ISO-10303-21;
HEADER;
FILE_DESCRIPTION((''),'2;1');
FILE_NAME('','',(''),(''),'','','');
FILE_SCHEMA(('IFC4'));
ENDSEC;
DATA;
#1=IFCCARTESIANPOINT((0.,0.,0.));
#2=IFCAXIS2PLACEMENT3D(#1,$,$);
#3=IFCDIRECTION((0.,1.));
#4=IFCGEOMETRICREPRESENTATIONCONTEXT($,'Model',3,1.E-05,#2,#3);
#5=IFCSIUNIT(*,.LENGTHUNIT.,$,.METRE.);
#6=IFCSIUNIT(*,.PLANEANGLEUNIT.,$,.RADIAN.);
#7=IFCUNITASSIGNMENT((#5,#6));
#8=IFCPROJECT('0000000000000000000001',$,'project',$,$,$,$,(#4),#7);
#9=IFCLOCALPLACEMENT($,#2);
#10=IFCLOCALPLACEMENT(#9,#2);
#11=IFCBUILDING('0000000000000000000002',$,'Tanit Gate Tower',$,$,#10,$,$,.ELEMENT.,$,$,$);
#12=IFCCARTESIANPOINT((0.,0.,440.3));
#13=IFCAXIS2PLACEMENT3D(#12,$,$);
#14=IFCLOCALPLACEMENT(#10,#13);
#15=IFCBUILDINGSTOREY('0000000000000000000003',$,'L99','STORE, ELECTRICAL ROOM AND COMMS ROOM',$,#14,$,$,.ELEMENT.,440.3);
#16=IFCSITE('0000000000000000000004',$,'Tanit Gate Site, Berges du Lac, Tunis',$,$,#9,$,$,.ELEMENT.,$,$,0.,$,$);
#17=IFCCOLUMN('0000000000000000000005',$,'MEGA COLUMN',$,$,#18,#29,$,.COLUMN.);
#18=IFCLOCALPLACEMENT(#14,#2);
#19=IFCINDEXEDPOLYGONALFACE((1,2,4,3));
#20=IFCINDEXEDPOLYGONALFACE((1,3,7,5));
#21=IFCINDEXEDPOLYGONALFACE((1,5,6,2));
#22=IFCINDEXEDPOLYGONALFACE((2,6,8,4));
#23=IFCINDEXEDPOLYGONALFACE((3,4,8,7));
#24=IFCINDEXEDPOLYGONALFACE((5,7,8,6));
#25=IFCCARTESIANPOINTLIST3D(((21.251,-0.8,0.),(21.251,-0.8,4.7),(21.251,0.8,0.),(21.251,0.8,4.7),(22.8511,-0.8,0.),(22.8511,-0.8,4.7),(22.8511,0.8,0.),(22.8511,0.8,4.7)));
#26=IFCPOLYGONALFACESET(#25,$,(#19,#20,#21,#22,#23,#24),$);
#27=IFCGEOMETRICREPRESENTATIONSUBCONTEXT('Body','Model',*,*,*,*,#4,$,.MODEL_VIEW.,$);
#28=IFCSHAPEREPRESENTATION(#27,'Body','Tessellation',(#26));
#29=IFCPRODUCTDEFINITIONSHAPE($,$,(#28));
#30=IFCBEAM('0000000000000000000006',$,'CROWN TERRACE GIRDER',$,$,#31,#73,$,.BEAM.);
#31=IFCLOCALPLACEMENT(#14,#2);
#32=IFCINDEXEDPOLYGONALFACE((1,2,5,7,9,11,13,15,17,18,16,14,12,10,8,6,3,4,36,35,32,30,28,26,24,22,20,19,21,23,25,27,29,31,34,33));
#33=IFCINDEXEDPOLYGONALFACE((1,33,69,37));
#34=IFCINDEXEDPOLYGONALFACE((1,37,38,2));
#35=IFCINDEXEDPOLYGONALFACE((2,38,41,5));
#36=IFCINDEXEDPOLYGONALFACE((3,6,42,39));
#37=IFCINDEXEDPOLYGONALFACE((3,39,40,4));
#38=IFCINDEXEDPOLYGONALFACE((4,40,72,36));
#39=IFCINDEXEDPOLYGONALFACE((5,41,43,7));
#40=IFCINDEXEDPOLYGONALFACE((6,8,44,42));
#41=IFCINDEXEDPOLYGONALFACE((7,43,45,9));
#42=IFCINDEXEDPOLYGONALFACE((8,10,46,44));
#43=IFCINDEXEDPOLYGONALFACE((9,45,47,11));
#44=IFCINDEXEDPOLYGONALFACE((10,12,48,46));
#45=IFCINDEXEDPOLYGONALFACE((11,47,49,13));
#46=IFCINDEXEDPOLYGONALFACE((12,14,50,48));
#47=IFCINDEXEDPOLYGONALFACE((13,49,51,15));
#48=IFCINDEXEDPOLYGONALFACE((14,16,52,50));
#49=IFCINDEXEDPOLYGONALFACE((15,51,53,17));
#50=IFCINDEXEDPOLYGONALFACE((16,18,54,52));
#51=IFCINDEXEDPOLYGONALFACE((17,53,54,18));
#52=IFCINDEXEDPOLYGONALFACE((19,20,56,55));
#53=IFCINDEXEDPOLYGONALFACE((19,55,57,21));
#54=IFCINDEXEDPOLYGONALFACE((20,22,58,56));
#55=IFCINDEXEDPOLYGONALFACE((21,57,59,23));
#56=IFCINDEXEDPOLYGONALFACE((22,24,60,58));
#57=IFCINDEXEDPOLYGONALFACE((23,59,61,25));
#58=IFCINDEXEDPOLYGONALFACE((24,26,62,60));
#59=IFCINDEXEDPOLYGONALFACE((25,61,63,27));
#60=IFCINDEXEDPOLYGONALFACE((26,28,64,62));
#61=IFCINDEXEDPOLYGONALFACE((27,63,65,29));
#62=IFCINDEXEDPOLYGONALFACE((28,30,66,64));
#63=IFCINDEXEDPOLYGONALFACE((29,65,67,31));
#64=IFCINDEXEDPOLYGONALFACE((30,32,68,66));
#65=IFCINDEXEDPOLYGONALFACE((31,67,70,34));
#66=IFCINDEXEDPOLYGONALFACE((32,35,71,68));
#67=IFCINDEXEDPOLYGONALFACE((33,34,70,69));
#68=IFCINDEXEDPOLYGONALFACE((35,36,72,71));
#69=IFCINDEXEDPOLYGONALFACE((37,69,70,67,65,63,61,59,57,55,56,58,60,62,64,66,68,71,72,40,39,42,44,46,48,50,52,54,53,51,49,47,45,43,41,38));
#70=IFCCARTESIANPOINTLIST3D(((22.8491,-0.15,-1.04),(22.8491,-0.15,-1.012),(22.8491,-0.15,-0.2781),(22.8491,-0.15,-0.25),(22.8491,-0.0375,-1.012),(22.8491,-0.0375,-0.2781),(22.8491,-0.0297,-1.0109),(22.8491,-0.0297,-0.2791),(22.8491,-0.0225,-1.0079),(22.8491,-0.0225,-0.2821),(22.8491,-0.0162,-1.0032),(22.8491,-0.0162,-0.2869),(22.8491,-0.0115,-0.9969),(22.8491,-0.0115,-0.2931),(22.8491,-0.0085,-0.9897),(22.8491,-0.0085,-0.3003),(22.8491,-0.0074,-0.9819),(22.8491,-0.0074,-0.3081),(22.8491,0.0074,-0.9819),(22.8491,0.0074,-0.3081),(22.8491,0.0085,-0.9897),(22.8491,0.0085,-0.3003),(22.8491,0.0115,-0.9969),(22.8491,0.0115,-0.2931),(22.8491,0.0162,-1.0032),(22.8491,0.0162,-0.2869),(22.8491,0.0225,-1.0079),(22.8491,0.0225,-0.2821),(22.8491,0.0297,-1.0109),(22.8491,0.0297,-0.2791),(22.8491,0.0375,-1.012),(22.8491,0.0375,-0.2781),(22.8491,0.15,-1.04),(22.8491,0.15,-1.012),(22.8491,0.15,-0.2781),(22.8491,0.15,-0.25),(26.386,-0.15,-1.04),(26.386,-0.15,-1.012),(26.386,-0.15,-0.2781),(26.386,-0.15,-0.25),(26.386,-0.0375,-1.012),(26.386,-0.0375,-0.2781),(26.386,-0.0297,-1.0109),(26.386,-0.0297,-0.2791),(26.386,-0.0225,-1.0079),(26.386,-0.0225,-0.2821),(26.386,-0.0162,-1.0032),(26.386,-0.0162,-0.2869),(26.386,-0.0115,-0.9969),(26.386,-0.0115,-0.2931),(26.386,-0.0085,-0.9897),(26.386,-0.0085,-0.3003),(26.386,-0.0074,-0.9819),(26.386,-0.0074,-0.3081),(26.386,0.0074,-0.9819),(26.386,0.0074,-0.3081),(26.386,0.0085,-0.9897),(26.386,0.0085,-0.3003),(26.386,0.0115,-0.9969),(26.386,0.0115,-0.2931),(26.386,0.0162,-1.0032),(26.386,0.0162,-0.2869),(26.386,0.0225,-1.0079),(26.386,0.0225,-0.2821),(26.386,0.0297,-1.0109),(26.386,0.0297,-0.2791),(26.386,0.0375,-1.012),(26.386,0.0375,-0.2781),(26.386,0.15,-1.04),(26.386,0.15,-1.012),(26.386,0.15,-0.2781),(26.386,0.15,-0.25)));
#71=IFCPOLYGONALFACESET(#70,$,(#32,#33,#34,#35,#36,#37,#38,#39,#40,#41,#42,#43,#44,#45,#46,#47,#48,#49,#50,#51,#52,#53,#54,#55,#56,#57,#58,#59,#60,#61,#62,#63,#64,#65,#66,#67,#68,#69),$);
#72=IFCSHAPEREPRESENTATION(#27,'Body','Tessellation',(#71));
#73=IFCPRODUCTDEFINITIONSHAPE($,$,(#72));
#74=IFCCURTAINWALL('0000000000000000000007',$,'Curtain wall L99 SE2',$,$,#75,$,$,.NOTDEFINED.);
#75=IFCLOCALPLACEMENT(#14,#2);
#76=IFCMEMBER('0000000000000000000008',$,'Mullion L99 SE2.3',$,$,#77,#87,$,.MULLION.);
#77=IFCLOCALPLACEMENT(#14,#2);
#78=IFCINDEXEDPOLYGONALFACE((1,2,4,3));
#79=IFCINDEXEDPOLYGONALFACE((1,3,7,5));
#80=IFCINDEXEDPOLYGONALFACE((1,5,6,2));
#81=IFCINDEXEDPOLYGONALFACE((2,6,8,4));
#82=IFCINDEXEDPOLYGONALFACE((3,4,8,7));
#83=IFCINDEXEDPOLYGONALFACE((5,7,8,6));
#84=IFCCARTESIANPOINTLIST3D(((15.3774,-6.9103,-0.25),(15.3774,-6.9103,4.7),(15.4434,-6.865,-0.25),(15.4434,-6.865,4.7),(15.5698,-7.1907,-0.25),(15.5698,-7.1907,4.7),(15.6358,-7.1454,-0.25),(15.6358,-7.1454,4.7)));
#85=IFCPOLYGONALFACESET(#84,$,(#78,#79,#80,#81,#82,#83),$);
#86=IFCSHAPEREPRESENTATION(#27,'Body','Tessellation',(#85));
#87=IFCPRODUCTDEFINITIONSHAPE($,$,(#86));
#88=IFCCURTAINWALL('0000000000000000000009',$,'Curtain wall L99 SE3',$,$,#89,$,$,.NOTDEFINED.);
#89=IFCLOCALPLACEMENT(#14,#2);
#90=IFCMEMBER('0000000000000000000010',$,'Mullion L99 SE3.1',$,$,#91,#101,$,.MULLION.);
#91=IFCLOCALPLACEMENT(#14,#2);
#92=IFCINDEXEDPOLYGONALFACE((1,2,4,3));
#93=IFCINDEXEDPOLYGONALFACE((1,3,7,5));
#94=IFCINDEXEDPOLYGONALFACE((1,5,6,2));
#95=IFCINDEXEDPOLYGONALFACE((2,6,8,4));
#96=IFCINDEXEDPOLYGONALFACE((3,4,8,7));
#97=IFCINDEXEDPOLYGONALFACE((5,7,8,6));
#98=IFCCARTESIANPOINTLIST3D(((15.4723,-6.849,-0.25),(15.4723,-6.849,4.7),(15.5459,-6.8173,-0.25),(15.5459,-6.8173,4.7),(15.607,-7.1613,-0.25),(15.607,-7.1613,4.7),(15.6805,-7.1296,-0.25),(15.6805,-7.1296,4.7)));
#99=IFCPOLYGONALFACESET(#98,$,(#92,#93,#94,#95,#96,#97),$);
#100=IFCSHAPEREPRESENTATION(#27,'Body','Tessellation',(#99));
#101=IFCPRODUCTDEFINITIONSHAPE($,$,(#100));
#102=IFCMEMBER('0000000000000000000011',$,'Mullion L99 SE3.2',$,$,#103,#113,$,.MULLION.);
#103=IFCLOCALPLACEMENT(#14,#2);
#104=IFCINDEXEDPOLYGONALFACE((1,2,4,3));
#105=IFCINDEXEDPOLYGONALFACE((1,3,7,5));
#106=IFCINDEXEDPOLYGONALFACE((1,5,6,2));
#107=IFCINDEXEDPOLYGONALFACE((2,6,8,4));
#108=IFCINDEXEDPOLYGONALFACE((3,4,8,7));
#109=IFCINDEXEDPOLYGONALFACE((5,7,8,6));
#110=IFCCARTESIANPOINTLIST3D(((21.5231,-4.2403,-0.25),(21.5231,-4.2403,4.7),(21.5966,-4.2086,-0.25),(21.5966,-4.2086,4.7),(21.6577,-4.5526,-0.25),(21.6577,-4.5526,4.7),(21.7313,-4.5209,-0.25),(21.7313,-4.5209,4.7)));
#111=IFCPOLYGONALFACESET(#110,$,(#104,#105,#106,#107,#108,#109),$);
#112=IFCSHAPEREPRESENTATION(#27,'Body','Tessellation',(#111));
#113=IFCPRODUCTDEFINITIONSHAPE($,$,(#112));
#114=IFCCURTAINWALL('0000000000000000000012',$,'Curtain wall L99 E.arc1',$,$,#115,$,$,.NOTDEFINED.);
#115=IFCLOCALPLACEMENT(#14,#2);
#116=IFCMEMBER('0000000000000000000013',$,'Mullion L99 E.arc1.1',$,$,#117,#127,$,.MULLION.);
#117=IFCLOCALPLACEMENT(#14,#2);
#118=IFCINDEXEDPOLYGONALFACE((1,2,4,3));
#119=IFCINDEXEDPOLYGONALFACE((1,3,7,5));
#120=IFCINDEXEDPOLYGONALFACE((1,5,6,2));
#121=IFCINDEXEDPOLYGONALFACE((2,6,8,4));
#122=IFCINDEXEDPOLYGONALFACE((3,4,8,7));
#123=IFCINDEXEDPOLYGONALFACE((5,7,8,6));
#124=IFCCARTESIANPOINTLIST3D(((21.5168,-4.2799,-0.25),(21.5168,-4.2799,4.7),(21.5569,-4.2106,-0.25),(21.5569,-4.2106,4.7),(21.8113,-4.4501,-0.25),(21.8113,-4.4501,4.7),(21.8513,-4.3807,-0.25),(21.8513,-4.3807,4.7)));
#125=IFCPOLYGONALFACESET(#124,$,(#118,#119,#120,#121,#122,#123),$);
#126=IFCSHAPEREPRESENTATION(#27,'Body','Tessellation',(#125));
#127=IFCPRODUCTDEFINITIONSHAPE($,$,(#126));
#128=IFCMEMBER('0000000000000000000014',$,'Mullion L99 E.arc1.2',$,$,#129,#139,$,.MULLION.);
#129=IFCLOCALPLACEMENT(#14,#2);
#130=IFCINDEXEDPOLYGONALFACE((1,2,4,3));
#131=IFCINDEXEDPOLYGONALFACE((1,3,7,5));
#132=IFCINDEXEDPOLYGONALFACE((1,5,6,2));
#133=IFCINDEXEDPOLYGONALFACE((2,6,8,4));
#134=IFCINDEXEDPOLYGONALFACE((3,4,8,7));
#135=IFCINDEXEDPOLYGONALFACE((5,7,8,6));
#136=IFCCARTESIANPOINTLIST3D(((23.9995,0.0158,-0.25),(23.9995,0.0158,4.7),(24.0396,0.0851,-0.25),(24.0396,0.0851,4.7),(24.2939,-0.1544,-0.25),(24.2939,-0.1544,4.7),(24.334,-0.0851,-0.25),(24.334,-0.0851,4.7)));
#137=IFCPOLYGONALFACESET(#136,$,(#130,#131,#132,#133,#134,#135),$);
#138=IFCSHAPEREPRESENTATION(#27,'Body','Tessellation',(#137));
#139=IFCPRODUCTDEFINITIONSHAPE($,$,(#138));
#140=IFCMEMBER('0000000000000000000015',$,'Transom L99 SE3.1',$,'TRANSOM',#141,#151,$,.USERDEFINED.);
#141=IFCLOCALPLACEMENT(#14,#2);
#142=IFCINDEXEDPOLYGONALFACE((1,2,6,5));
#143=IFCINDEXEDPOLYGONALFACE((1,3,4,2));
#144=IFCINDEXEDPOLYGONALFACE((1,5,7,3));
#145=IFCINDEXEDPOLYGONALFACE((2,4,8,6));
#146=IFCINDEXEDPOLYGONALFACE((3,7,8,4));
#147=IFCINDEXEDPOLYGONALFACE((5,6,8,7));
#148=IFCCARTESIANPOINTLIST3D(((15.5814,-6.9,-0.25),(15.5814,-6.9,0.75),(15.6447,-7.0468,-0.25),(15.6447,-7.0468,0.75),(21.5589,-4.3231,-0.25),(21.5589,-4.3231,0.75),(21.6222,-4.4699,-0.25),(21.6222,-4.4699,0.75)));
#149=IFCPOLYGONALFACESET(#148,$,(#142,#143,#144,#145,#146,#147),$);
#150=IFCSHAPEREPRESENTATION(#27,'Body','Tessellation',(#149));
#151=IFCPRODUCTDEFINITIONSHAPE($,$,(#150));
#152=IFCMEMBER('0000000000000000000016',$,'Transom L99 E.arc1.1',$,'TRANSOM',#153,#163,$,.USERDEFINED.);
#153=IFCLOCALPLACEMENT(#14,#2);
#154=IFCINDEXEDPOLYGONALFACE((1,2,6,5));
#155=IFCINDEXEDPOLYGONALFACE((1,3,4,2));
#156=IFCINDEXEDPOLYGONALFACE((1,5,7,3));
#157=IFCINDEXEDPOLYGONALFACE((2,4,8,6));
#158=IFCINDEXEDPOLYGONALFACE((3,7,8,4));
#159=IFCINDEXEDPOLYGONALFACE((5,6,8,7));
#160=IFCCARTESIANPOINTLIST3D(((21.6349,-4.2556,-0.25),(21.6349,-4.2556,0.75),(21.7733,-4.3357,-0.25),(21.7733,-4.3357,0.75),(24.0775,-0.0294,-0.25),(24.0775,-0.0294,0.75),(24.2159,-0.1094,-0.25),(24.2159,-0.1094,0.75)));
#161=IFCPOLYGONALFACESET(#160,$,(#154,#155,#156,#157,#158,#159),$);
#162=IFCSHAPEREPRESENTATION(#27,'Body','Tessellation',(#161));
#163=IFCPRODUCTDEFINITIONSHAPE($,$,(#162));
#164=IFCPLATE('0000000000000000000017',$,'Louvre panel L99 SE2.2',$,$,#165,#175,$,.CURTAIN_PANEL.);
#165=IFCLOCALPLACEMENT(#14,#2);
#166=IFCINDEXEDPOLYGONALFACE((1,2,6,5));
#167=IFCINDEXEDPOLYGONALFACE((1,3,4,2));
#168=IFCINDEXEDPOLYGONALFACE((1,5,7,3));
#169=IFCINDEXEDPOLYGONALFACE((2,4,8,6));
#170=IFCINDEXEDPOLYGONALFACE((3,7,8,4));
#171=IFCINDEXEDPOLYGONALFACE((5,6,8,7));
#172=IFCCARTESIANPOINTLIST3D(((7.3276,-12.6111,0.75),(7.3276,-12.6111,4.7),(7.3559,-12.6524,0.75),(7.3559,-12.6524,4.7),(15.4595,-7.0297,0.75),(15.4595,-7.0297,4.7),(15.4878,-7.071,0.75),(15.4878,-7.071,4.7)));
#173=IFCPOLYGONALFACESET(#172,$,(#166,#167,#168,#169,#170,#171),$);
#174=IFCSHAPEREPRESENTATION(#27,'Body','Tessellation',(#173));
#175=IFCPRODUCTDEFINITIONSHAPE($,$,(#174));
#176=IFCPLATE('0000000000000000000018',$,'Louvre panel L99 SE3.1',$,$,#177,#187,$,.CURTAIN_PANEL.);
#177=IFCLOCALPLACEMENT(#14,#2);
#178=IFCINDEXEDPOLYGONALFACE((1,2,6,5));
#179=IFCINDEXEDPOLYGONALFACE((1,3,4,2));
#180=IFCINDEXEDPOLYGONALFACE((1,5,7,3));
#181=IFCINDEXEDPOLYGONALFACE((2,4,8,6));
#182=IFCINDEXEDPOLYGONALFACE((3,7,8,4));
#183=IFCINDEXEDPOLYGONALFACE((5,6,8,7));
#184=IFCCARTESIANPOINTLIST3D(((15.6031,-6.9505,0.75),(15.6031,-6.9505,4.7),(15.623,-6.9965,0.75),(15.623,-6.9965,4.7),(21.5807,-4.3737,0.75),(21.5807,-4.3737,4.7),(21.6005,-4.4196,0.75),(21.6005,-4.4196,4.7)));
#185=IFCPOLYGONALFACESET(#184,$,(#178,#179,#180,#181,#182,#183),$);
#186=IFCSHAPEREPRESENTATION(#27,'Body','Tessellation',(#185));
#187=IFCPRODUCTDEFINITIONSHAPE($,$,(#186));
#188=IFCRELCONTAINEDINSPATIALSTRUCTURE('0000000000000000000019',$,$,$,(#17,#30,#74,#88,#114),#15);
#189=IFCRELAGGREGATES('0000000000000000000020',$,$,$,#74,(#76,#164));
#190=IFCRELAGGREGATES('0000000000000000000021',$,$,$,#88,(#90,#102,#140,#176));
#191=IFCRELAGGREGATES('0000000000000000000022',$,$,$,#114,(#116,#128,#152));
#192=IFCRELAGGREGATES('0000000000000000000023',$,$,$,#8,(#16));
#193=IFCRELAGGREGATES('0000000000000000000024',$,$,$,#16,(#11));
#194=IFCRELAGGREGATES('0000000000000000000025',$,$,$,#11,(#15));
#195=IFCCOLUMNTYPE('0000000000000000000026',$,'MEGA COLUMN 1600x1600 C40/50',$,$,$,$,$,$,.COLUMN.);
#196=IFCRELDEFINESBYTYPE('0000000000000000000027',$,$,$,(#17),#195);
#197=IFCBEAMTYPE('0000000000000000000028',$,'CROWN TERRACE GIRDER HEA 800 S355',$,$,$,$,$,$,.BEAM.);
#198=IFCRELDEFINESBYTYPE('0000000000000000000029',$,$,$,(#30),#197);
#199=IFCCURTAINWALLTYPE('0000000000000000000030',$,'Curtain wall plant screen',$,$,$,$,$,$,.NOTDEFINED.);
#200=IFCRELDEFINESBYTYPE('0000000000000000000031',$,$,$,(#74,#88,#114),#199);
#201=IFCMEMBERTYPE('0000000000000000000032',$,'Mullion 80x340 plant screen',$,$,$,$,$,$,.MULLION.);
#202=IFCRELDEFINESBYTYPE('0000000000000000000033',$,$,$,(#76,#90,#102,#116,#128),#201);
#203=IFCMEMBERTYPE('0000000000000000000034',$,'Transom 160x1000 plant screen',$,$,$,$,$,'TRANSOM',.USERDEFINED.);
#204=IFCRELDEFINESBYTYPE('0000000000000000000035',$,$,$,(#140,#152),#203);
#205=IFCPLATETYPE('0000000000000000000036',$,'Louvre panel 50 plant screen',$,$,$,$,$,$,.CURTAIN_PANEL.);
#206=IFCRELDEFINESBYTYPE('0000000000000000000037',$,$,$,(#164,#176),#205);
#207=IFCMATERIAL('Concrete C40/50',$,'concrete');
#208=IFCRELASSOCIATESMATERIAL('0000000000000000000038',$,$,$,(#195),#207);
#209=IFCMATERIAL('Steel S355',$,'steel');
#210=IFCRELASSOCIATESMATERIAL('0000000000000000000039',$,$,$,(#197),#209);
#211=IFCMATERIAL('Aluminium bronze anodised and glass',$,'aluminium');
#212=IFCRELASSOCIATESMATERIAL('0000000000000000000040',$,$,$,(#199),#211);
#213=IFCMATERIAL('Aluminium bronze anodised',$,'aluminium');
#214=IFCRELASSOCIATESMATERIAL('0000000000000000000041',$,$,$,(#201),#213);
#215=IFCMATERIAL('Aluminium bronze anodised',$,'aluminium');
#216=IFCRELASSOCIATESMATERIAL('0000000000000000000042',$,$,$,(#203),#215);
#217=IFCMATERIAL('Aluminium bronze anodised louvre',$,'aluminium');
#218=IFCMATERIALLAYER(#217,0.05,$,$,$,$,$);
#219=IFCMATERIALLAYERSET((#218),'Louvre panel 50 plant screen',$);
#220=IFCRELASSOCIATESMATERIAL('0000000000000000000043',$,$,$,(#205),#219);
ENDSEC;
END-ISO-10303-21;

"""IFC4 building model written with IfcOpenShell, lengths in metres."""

from ifc_helpers import new_model, si_unit, direction, frame, origin, origin_2d, place, context, subcontext, project, spatial, rectangle, i_section, extrude, material, layer, layer_set, material_profile, profile_set, type_object, element, aggregate, save


model = new_model("IFC4")

# Units and contexts
model_context = context("Model", 3, precision=1e-05, world=origin(), true_north=direction((0.0, 1.0)))
body_context = subcontext(model_context, "Body", "Model", "MODEL_VIEW")
ifc_project = project(units=[si_unit("LENGTHUNIT", "METRE"), si_unit("PLANEANGLEUNIT", "RADIAN")], contexts=[model_context])

# Site, building, storey
site_placement = place(None, origin())
site = spatial("IfcSite", under=ifc_project, at=site_placement, Name="Tanit Gate Site, Berges du Lac, Tunis", CompositionType="ELEMENT", RefElevation=0.0)
building_placement = place(site_placement, origin())
building = spatial("IfcBuilding", under=site, at=building_placement, Name="Tanit Gate Tower", CompositionType="ELEMENT")
storey_placement = place(building_placement, frame((0.0, 0.0, 440.3)))
storey = spatial("IfcBuildingStorey", under=building, at=storey_placement, Name="L99", Description="STORE, ELECTRICAL ROOM AND COMMS ROOM", CompositionType="ELEMENT", Elevation=440.3)

# Column
ifc_material_1 = material(Name="Concrete C40/50", Category="concrete")
ifc_material_profile_1 = material_profile(ifc_material_1, rectangle(XDim=1.6001, YDim=1.6001, at=origin_2d()), Name="RC 1600x1600")
ifc_profile_set_1 = profile_set([ifc_material_profile_1], Name="Concrete C40/50")
column_type = type_object("IfcColumnType", Name="MEGA COLUMN 1600x1600 C40/50", PredefinedType="COLUMN", material=ifc_profile_set_1)
column_placement = place(storey_placement, frame((22.051, 0.0, 0.0), z_axis=(0.0, 0.0, 1.0), x_axis=(1.0, 0.0, 0.0)))
element("IfcColumn", 1, at=column_placement, inside=storey, type_object=column_type, Name="MEGA COLUMN", PredefinedType="COLUMN", context=body_context, shape_type="SweptSolid", body=[
    extrude(rectangle(XDim=1.6001, YDim=1.6001, at=origin_2d()), origin(), (0.0, 0.0, 1.0), 4.7),
])

# Beam
ifc_material_2 = material(Name="Steel S355", Category="steel")
ifc_material_profile_2 = material_profile(ifc_material_2, i_section(OverallWidth=0.3, OverallDepth=0.79, WebThickness=0.0149, FlangeThickness=0.0281, FilletRadius=0.03, at=origin_2d()), Name="HEA 800")
ifc_profile_set_2 = profile_set([ifc_material_profile_2], Name="Steel S355")
beam_type = type_object("IfcBeamType", Name="CROWN TERRACE GIRDER HEA 800 S355", PredefinedType="BEAM", material=ifc_profile_set_2)
beam_placement = place(storey_placement, frame((22.8491, 0.0, -0.645), z_axis=(1.0, 0.0, 0.0), x_axis=(0.0, 1.0, 0.0)))
element("IfcBeam", 2, at=beam_placement, inside=storey, type_object=beam_type, Name="CROWN TERRACE GIRDER", PredefinedType="BEAM", context=body_context, shape_type="SweptSolid", body=[
    extrude(i_section(OverallWidth=0.3, OverallDepth=0.79, WebThickness=0.0149, FlangeThickness=0.0281, FilletRadius=0.03, at=origin_2d()), origin(), (0.0, 0.0, 1.0), 3.5369),
])

# Curtain wall, member
ifc_material_3 = material(Name="Aluminium bronze anodised and glass", Category="aluminium")
curtain_wall_type = type_object("IfcCurtainWallType", Name="Curtain wall plant screen", PredefinedType="NOTDEFINED", material=ifc_material_3)
curtain_wall_1_placement = place(storey_placement, origin())
curtain_wall_1 = element("IfcCurtainWall", 3, at=curtain_wall_1_placement, inside=storey, type_object=curtain_wall_type, Name="Curtain wall L99 SE2", PredefinedType="NOTDEFINED")
ifc_material_4 = material(Name="Aluminium bronze anodised", Category="aluminium")
ifc_material_profile_3 = material_profile(ifc_material_4, rectangle(XDim=0.3401, YDim=0.0801, at=origin_2d()), Name="80x340 bronze mullion")
ifc_profile_set_3 = profile_set([ifc_material_profile_3], Name="Aluminium bronze anodised")
member_type_1 = type_object("IfcMemberType", Name="Mullion 80x340 plant screen", PredefinedType="MULLION", material=ifc_profile_set_3)
member_1_placement = place(storey_placement, frame((15.5066, -7.0278, -0.25), z_axis=(0.0, 0.0, 1.0), x_axis=(-0.565893, 0.824479, 0.0)))
member_1 = element("IfcMember", 4, at=member_1_placement, type_object=member_type_1, Name="Mullion L99 SE2.3", PredefinedType="MULLION", context=body_context, shape_type="SweptSolid", body=[
    extrude(rectangle(XDim=0.3401, YDim=0.0801, at=origin_2d()), origin(), (0.0, 0.0, 1.0), 4.95),
])

# Curtain walls, members
curtain_wall_2_placement = place(storey_placement, origin())
curtain_wall_2 = element("IfcCurtainWall", 5, at=curtain_wall_2_placement, inside=storey, type_object=curtain_wall_type, Name="Curtain wall L99 SE3", PredefinedType="NOTDEFINED")
member_2_placement = place(storey_placement, frame((15.5764, -6.9893, -0.25), z_axis=(0.0, 0.0, 1.0), x_axis=(-0.395871, 0.918306, 0.0)))
member_2 = element("IfcMember", 6, at=member_2_placement, type_object=member_type_1, Name="Mullion L99 SE3.1", PredefinedType="MULLION", context=body_context, shape_type="SweptSolid", body=[
    extrude(rectangle(XDim=0.3401, YDim=0.0801, at=origin_2d()), origin(), (0.0, 0.0, 1.0), 4.95),
])
member_3_placement = place(storey_placement, frame((21.6272, -4.3806, -0.25), z_axis=(0.0, 0.0, 1.0), x_axis=(-0.395871, 0.918306, 0.0)))
member_3 = element("IfcMember", 7, at=member_3_placement, type_object=member_type_1, Name="Mullion L99 SE3.2", PredefinedType="MULLION", context=body_context, shape_type="SweptSolid", body=[
    extrude(rectangle(XDim=0.3401, YDim=0.0801, at=origin_2d()), origin(), (0.0, 0.0, 1.0), 4.95),
])
curtain_wall_3_placement = place(storey_placement, origin())
curtain_wall_3 = element("IfcCurtainWall", 8, at=curtain_wall_3_placement, inside=storey, type_object=curtain_wall_type, Name="Curtain wall L99 E.arc1", PredefinedType="NOTDEFINED")
member_4_placement = place(storey_placement, frame((21.6841, -4.3303, -0.25), z_axis=(0.0, 0.0, 1.0), x_axis=(-0.86579, 0.500408, 0.0)))
member_4 = element("IfcMember", 9, at=member_4_placement, type_object=member_type_1, Name="Mullion L99 E.arc1.1", PredefinedType="MULLION", context=body_context, shape_type="SweptSolid", body=[
    extrude(rectangle(XDim=0.3401, YDim=0.0801, at=origin_2d()), origin(), (0.0, 0.0, 1.0), 4.95),
])
member_5_placement = place(storey_placement, frame((24.1667, -0.0347, -0.25), z_axis=(0.0, 0.0, 1.0), x_axis=(-0.86579, 0.500408, 0.0)))
member_5 = element("IfcMember", 10, at=member_5_placement, type_object=member_type_1, Name="Mullion L99 E.arc1.2", PredefinedType="MULLION", context=body_context, shape_type="SweptSolid", body=[
    extrude(rectangle(XDim=0.3401, YDim=0.0801, at=origin_2d()), origin(), (0.0, 0.0, 1.0), 4.95),
])

# Members
ifc_material_5 = material(Name="Aluminium bronze anodised", Category="aluminium")
ifc_material_profile_4 = material_profile(ifc_material_5, rectangle(XDim=0.1599, YDim=1.0, at=origin_2d()), Name="160x1000 bronze transom")
ifc_profile_set_4 = profile_set([ifc_material_profile_4], Name="Aluminium bronze anodised")
member_type_2 = type_object("IfcMemberType", Name="Transom 160x1000 plant screen", ElementType="TRANSOM", PredefinedType="USERDEFINED", material=ifc_profile_set_4)
member_6_placement = place(storey_placement, frame((15.613, -6.9734, 0.25), z_axis=(0.918303, 0.395878, 0.0), x_axis=(-0.395878, 0.918303, 0.0)))
member_6 = element("IfcMember", 11, at=member_6_placement, type_object=member_type_2, Name="Transom L99 SE3.1", ObjectType="TRANSOM", PredefinedType="USERDEFINED", context=body_context, shape_type="SweptSolid", body=[
    extrude(rectangle(XDim=0.1599, YDim=1.0, at=origin_2d()), origin(), (0.0, 0.0, 1.0), 6.5093),
])
member_7_placement = place(storey_placement, frame((21.7041, -4.2957, 0.25), z_axis=(0.500393, 0.865798, 0.0), x_axis=(-0.865798, 0.500393, 0.0)))
member_7 = element("IfcMember", 12, at=member_7_placement, type_object=member_type_2, Name="Transom L99 E.arc1.1", ObjectType="TRANSOM", PredefinedType="USERDEFINED", context=body_context, shape_type="SweptSolid", body=[
    extrude(rectangle(XDim=0.1599, YDim=1.0, at=origin_2d()), origin(), (0.0, 0.0, 1.0), 4.8813),
])

# Plates
ifc_material_6 = material(Name="Aluminium bronze anodised louvre", Category="aluminium")
ifc_layer_1 = layer(ifc_material_6, 0.05)
ifc_layer_set_1 = layer_set([ifc_layer_1], Name="Louvre panel 50 plant screen")
plate_type = type_object("IfcPlateType", Name="Louvre panel 50 plant screen", PredefinedType="CURTAIN_PANEL", material=ifc_layer_set_1)
plate_1_placement = place(storey_placement, frame((11.4077, -9.8411, 0.75), z_axis=(0.0, 0.0, 1.0), x_axis=(0.824479, 0.565893, 0.0)))
plate_1 = element("IfcPlate", 13, at=plate_1_placement, type_object=plate_type, Name="Louvre panel L99 SE2.2", PredefinedType="CURTAIN_PANEL", context=body_context, shape_type="SweptSolid", body=[
    extrude(rectangle(XDim=9.863, YDim=0.05, at=origin_2d()), origin(), (0.0, 0.0, 1.0), 3.95),
])
aggregate(curtain_wall_1, [member_1, plate_1])
plate_2_placement = place(storey_placement, frame((18.6018, -5.6851, 0.75), z_axis=(0.0, 0.0, 1.0), x_axis=(0.918306, 0.395871, 0.0)))
plate_2 = element("IfcPlate", 14, at=plate_2_placement, type_object=plate_type, Name="Louvre panel L99 SE3.1", PredefinedType="CURTAIN_PANEL", context=body_context, shape_type="SweptSolid", body=[
    extrude(rectangle(XDim=6.5093, YDim=0.05, at=origin_2d()), origin(), (0.0, 0.0, 1.0), 3.95),
])
aggregate(curtain_wall_2, [member_2, member_3, member_6, plate_2])
aggregate(curtain_wall_3, [member_4, member_5, member_7])

save(model, "model.ifc")
